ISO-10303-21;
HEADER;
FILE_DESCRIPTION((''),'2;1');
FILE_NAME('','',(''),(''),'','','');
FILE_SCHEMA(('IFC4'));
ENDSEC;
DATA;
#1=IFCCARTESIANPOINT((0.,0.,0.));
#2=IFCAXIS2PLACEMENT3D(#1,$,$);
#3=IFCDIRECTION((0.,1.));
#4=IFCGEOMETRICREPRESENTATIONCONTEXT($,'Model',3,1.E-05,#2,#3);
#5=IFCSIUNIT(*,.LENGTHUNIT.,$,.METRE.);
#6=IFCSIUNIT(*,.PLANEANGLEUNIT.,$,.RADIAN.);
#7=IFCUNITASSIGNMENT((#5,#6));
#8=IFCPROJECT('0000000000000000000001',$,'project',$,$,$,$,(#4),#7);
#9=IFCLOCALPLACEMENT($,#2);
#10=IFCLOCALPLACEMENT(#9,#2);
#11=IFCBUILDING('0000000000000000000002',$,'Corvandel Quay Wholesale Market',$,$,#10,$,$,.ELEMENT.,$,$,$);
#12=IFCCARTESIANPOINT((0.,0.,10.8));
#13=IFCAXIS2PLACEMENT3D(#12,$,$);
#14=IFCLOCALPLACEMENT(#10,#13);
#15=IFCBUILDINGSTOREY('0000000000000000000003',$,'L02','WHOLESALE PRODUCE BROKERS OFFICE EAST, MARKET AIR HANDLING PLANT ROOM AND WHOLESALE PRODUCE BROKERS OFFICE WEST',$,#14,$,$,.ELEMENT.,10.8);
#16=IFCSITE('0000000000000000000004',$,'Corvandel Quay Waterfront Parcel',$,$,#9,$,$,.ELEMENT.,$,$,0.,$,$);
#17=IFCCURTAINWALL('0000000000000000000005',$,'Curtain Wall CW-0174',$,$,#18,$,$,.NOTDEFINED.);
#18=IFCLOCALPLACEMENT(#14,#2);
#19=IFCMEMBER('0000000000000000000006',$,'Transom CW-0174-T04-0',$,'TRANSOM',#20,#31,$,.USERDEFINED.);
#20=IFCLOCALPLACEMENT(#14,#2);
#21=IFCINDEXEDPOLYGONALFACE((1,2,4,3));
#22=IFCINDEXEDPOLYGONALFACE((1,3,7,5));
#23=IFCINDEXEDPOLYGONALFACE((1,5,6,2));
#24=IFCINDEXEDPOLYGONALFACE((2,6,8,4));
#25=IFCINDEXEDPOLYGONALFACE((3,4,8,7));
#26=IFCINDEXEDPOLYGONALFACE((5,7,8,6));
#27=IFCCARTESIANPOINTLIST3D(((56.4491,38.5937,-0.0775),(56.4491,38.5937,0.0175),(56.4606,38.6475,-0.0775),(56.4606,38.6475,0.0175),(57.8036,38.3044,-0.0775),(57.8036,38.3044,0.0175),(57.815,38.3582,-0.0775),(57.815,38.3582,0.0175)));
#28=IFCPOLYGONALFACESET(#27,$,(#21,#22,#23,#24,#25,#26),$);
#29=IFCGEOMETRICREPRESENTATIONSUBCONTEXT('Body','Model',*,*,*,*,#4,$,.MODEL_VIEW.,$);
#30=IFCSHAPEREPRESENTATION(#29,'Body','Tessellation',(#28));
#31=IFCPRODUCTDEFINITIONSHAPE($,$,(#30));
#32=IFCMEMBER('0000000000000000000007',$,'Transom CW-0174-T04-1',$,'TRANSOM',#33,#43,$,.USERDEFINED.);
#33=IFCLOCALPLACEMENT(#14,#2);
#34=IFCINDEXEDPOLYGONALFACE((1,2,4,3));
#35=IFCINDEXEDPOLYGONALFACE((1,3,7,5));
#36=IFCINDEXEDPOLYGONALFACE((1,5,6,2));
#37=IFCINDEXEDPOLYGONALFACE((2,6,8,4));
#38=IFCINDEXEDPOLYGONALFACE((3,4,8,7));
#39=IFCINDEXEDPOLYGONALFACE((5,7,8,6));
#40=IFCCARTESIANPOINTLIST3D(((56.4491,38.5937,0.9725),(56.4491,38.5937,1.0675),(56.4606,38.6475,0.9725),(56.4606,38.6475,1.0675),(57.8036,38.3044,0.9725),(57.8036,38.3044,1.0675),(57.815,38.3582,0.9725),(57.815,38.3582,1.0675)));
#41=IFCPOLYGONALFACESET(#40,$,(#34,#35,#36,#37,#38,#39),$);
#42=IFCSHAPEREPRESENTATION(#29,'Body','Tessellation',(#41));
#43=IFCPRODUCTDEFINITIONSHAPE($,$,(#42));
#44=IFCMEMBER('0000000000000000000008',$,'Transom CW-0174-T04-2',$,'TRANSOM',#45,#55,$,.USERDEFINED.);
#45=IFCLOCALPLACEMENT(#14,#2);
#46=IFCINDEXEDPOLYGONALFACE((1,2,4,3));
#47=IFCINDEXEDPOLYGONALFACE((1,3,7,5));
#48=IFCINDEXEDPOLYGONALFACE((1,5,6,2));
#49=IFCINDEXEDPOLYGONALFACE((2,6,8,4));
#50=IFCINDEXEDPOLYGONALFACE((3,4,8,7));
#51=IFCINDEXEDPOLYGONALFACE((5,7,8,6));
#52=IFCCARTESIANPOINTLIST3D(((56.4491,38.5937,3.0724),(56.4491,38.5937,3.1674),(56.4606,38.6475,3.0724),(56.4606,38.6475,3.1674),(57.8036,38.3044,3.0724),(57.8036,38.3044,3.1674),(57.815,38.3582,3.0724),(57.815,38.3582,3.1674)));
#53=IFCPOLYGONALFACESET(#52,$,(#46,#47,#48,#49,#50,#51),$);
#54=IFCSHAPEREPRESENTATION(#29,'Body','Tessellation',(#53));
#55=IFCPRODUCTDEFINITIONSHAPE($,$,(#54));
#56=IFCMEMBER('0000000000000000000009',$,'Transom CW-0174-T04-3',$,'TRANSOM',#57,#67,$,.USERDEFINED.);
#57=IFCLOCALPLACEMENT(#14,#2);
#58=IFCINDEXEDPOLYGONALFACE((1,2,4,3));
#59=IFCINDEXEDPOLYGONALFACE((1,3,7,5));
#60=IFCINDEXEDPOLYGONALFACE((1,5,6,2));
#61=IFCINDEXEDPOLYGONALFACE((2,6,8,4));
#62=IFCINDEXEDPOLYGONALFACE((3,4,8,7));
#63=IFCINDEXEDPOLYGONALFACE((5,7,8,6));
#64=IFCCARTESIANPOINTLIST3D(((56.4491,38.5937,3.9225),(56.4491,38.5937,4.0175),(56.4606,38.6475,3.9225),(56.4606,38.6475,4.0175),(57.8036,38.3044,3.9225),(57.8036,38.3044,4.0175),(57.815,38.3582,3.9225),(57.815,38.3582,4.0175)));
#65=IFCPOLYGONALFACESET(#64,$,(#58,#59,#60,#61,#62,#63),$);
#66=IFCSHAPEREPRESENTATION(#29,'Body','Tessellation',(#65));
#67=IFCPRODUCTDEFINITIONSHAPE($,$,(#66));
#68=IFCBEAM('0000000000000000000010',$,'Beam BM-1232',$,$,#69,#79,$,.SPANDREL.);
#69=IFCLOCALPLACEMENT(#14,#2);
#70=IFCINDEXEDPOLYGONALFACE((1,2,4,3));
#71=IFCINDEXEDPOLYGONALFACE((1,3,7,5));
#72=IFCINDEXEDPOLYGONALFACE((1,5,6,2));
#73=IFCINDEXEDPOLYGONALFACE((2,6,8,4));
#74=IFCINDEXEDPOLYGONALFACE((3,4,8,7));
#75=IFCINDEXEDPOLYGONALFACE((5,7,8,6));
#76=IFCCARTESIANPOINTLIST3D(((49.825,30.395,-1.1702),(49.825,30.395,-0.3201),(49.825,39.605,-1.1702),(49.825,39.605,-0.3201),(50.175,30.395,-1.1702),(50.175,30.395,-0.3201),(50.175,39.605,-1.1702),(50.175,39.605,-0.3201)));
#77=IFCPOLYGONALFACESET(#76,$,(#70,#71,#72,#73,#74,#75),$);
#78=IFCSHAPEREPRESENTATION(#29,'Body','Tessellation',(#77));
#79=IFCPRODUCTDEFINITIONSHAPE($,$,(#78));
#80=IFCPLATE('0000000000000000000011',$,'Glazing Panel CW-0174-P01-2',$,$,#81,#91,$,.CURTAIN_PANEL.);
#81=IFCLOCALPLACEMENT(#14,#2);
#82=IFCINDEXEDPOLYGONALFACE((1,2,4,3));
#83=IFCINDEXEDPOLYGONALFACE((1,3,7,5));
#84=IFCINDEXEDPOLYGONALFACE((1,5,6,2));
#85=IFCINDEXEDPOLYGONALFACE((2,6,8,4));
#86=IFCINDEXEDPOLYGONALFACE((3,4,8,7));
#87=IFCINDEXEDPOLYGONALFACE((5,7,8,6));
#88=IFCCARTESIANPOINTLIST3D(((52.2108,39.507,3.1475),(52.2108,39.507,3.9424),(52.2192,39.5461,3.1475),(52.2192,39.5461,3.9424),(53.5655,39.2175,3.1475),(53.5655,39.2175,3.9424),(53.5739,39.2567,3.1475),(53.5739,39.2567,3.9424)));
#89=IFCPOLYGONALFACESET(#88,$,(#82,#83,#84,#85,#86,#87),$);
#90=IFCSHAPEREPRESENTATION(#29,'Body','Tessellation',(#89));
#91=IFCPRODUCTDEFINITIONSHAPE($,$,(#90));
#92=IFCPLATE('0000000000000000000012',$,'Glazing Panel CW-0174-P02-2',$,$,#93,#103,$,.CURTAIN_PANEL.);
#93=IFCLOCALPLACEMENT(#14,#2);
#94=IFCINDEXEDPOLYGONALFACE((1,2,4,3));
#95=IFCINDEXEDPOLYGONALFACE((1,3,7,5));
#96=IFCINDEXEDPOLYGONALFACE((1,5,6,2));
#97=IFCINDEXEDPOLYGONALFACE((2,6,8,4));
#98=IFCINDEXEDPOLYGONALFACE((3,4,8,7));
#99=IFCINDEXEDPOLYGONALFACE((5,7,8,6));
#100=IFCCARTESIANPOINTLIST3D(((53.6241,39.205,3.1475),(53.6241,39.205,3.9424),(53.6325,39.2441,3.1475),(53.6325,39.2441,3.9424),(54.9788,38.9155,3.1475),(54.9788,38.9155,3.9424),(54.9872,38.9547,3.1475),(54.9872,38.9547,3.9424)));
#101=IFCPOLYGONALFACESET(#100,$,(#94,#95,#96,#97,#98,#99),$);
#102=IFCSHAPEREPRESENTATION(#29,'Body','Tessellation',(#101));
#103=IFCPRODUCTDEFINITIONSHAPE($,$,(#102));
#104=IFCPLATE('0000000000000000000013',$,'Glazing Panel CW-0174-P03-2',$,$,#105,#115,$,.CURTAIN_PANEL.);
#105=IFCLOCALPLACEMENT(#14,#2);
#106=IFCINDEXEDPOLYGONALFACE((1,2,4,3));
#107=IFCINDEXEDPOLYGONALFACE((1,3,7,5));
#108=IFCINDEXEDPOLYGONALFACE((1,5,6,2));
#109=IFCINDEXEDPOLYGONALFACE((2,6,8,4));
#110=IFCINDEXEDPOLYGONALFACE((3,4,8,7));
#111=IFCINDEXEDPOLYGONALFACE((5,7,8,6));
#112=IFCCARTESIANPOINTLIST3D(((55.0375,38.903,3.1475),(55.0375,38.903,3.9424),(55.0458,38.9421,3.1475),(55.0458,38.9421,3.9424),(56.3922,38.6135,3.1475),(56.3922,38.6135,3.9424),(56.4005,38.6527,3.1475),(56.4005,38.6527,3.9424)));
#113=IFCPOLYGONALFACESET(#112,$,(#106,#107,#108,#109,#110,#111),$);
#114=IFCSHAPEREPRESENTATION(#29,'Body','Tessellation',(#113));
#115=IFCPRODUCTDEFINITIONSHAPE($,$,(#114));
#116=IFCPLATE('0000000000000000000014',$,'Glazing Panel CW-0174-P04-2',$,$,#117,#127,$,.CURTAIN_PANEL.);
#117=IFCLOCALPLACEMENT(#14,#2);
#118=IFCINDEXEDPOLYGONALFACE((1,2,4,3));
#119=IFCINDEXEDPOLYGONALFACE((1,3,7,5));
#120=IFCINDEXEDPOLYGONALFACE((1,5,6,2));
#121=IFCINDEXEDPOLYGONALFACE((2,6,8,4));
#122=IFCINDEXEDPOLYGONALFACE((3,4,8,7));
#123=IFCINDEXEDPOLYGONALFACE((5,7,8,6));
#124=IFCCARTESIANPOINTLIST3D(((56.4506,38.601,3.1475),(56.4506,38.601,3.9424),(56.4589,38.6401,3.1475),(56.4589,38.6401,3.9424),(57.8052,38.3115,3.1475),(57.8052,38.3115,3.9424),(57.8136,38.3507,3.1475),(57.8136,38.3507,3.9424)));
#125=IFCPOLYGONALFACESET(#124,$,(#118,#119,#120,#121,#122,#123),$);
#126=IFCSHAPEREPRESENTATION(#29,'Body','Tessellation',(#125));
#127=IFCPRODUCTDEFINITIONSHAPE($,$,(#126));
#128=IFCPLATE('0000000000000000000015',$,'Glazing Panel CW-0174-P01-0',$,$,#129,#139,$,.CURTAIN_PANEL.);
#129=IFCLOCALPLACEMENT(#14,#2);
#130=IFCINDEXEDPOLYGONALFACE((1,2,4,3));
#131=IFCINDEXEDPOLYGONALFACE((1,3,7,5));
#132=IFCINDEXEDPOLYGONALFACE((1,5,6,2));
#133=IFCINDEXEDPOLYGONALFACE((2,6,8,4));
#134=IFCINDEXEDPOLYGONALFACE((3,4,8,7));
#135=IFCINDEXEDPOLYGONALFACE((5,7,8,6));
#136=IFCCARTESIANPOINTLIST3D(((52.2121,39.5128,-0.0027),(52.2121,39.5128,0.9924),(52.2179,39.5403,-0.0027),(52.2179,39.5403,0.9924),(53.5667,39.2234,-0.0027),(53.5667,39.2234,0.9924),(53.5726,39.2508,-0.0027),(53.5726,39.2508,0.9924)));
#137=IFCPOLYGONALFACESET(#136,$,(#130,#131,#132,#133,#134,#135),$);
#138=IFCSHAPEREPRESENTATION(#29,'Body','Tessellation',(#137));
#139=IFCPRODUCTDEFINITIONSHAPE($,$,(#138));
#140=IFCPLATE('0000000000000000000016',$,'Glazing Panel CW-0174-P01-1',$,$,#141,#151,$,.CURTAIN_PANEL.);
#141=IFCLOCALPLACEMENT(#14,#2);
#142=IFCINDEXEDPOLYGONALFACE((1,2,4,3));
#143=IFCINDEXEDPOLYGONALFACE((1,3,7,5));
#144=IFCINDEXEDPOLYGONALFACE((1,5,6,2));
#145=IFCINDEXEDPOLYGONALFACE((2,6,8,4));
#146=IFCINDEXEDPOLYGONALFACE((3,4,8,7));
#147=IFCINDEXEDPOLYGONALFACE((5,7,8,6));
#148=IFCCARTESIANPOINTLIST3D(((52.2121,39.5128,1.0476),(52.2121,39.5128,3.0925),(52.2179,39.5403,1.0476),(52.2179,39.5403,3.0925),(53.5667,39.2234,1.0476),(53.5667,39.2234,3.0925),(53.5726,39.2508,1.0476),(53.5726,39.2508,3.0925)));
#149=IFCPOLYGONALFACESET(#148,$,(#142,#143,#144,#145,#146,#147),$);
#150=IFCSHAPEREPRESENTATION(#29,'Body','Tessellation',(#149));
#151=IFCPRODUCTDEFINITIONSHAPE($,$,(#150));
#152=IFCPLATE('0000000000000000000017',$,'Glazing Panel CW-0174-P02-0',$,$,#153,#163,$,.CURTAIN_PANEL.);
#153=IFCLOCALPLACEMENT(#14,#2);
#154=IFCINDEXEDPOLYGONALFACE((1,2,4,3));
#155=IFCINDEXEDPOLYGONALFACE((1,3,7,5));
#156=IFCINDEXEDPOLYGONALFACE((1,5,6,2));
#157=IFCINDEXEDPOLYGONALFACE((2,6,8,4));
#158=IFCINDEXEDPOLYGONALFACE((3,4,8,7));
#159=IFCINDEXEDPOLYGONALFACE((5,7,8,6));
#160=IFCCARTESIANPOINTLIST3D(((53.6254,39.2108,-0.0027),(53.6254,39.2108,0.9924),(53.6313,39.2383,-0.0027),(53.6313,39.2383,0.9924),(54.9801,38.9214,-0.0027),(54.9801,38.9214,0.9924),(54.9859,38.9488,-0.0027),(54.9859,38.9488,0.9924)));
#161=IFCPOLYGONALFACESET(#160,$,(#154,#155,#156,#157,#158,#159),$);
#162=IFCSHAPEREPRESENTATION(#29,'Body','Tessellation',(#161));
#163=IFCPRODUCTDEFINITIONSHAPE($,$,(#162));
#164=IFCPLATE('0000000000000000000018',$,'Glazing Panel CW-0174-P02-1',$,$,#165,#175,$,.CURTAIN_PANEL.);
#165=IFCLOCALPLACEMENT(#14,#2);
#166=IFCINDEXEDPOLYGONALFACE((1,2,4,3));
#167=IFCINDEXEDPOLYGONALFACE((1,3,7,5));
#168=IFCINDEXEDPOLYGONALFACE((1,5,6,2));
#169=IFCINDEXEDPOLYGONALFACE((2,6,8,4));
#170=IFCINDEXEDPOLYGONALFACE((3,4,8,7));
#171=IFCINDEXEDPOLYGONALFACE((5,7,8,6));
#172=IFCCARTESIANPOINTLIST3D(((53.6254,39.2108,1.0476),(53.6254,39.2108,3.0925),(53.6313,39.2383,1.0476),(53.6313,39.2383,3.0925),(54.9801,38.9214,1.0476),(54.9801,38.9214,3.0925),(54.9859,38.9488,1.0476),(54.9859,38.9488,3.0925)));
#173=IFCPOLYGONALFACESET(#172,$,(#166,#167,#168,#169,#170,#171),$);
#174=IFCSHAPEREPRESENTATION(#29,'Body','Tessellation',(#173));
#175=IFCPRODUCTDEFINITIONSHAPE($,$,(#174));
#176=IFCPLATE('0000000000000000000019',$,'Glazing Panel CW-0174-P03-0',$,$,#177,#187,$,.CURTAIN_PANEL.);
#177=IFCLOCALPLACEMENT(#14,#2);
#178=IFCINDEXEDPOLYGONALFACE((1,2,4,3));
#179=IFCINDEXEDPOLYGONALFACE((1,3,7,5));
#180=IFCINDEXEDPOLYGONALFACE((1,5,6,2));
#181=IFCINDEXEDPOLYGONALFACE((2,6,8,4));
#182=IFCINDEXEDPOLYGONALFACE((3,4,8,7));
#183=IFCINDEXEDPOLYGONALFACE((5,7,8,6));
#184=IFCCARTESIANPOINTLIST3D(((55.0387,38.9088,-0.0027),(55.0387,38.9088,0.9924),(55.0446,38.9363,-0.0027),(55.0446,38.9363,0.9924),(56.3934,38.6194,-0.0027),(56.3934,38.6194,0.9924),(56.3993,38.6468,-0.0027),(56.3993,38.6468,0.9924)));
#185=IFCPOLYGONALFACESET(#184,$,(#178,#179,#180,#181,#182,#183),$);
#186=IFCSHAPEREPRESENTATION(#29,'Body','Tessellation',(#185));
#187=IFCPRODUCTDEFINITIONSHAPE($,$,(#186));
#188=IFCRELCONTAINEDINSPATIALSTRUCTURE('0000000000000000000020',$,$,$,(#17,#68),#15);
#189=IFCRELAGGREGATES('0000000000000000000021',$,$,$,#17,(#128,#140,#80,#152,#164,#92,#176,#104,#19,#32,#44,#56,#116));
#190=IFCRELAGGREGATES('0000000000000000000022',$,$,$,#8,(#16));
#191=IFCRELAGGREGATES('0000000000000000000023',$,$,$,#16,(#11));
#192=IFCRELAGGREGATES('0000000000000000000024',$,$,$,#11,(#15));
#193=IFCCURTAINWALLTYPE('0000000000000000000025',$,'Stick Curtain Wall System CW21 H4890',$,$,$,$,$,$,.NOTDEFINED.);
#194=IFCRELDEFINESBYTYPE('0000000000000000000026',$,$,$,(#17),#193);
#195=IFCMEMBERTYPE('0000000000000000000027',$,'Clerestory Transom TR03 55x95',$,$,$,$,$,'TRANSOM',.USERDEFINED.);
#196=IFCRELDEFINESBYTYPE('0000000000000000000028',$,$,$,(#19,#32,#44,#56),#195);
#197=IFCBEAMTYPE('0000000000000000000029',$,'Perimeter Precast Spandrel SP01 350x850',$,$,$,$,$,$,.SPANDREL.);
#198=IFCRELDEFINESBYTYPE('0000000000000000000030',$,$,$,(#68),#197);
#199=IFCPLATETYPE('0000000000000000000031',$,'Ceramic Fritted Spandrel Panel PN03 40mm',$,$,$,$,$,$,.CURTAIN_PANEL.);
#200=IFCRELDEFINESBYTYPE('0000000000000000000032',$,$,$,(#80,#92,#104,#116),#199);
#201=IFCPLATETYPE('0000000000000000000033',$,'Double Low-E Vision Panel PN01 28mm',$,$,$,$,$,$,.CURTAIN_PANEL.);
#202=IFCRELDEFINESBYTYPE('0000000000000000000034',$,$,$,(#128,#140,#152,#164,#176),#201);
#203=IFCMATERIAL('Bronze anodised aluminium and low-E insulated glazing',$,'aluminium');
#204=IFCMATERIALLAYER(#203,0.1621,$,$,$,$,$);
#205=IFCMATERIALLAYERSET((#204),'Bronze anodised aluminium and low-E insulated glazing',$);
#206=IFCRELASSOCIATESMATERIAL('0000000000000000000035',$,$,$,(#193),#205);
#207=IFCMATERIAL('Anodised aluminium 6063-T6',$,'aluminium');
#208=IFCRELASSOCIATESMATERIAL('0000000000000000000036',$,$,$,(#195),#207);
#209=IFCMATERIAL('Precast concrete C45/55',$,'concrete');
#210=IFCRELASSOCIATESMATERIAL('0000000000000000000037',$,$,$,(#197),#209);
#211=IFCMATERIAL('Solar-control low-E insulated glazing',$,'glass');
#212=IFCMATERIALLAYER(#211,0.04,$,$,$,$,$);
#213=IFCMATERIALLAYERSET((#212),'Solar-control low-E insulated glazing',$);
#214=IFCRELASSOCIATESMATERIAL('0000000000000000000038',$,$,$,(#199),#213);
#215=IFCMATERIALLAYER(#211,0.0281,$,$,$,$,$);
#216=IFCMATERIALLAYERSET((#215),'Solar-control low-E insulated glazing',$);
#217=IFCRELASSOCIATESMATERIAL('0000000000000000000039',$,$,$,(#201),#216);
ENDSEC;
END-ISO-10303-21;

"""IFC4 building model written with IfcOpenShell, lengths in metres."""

from ifc_helpers import new_model, si_unit, direction, frame, origin, origin_2d, place, context, subcontext, project, spatial, rectangle, extrude, material, layer, layer_set, material_profile, profile_set, type_object, element, aggregate, save


model = new_model("IFC4")

# Units and contexts
model_context = context("Model", 3, precision=1e-05, world=origin(), true_north=direction((0.0, 1.0)))
body_context = subcontext(model_context, "Body", "Model", "MODEL_VIEW")
ifc_project = project(units=[si_unit("LENGTHUNIT", "METRE"), si_unit("PLANEANGLEUNIT", "RADIAN")], contexts=[model_context])

# Site, building, storey
site_placement = place(None, origin())
site = spatial("IfcSite", under=ifc_project, at=site_placement, Name="Corvandel Quay Waterfront Parcel", CompositionType="ELEMENT", RefElevation=0.0)
building_placement = place(site_placement, origin())
building = spatial("IfcBuilding", under=site, at=building_placement, Name="Corvandel Quay Wholesale Market", CompositionType="ELEMENT")
storey_placement = place(building_placement, frame((0.0, 0.0, 10.8)))
storey = spatial("IfcBuildingStorey", under=building, at=storey_placement, Name="L02", Description="WHOLESALE PRODUCE BROKERS OFFICE EAST, MARKET AIR HANDLING PLANT ROOM AND WHOLESALE PRODUCE BROKERS OFFICE WEST", CompositionType="ELEMENT", Elevation=10.8)

# Curtain wall, members
ifc_material_1 = material(Name="Bronze anodised aluminium and low-E insulated glazing", Category="aluminium")
ifc_layer_1 = layer(ifc_material_1, 0.1621)
ifc_layer_set_1 = layer_set([ifc_layer_1], Name="Bronze anodised aluminium and low-E insulated glazing")
curtain_wall_type = type_object("IfcCurtainWallType", Name="Stick Curtain Wall System CW21 H4890", PredefinedType="NOTDEFINED", material=ifc_layer_set_1)
curtain_wall_placement = place(storey_placement, origin())
curtain_wall = element("IfcCurtainWall", 1, at=curtain_wall_placement, inside=storey, type_object=curtain_wall_type, Name="Curtain Wall CW-0174", PredefinedType="NOTDEFINED")
ifc_material_2 = material(Name="Anodised aluminium 6063-T6", Category="aluminium")
ifc_material_profile_1 = material_profile(ifc_material_2, rectangle(XDim=0.0549, YDim=0.095, at=origin_2d()), Name="ALU-TRN-55x95")
ifc_profile_set_1 = profile_set([ifc_material_profile_1], Name="Anodised aluminium 6063-T6")
member_type_1 = type_object("IfcMemberType", Name="Clerestory Transom TR03 55x95", ElementType="TRANSOM", PredefinedType="USERDEFINED", material=ifc_profile_set_1)
member_1_placement = place(storey_placement, frame((56.4548, 38.6206, -0.03), z_axis=(0.977941, -0.208879, 0.0), x_axis=(0.208879, 0.977941, 0.0)))
member_1 = element("IfcMember", 2, at=member_1_placement, type_object=member_type_1, Name="Transom CW-0174-T04-0", ObjectType="TRANSOM", PredefinedType="USERDEFINED", context=body_context, shape_type="SweptSolid", body=[
    extrude(rectangle(XDim=0.0549, YDim=0.095, at=origin_2d()), origin(), (0.0, 0.0, 1.0), 1.385),
])
member_2_placement = place(storey_placement, frame((56.4548, 38.6206, 1.02), z_axis=(0.977941, -0.208879, 0.0), x_axis=(0.208879, 0.977941, 0.0)))
member_2 = element("IfcMember", 3, at=member_2_placement, type_object=member_type_1, Name="Transom CW-0174-T04-1", ObjectType="TRANSOM", PredefinedType="USERDEFINED", context=body_context, shape_type="SweptSolid", body=[
    extrude(rectangle(XDim=0.0549, YDim=0.095, at=origin_2d()), origin(), (0.0, 0.0, 1.0), 1.385),
])
member_3_placement = place(storey_placement, frame((56.4548, 38.6206, 3.1199), z_axis=(0.977941, -0.208879, 0.0), x_axis=(0.208879, 0.977941, 0.0)))
member_3 = element("IfcMember", 4, at=member_3_placement, type_object=member_type_1, Name="Transom CW-0174-T04-2", ObjectType="TRANSOM", PredefinedType="USERDEFINED", context=body_context, shape_type="SweptSolid", body=[
    extrude(rectangle(XDim=0.0549, YDim=0.095, at=origin_2d()), origin(), (0.0, 0.0, 1.0), 1.385),
])
member_4_placement = place(storey_placement, frame((56.4548, 38.6206, 3.97), z_axis=(0.977941, -0.208879, 0.0), x_axis=(0.208879, 0.977941, 0.0)))
member_4 = element("IfcMember", 5, at=member_4_placement, type_object=member_type_1, Name="Transom CW-0174-T04-3", ObjectType="TRANSOM", PredefinedType="USERDEFINED", context=body_context, shape_type="SweptSolid", body=[
    extrude(rectangle(XDim=0.0549, YDim=0.095, at=origin_2d()), origin(), (0.0, 0.0, 1.0), 1.385),
])

# Beam
ifc_material_3 = material(Name="Precast concrete C45/55", Category="concrete")
ifc_material_profile_2 = material_profile(ifc_material_3, rectangle(XDim=0.3501, YDim=0.8501, at=origin_2d()), Name="PC-SPN-350x850")
ifc_profile_set_2 = profile_set([ifc_material_profile_2], Name="Precast concrete C45/55")
beam_type_1 = type_object("IfcBeamType", Name="Perimeter Precast Spandrel SP01 350x850", PredefinedType="SPANDREL", material=ifc_profile_set_2)
beam_1_placement = place(storey_placement, frame((50.0, 30.395, -0.7451), z_axis=(0.0, 1.0, 0.0), x_axis=(-1.0, 0.0, 0.0)))
element("IfcBeam", 6, at=beam_1_placement, inside=storey, type_object=beam_type_1, Name="Beam BM-1232", PredefinedType="SPANDREL", context=body_context, shape_type="SweptSolid", body=[
    extrude(rectangle(XDim=0.3501, YDim=0.8501, at=origin_2d()), origin(), (0.0, 0.0, 1.0), 9.21),
])

# Plates
ifc_material_4 = material(Name="Solar-control low-E insulated glazing", Category="glass")
ifc_layer_2 = layer(ifc_material_4, 0.04)
ifc_layer_set_2 = layer_set([ifc_layer_2], Name="Solar-control low-E insulated glazing")
plate_type_1 = type_object("IfcPlateType", Name="Ceramic Fritted Spandrel Panel PN03 40mm", PredefinedType="CURTAIN_PANEL", material=ifc_layer_set_2)
plate_1_placement = place(storey_placement, frame((52.8923, 39.3818, 3.1475), z_axis=(0.0, 0.0, 1.0), x_axis=(-0.977929, 0.208936, 0.0)))
plate_1 = element("IfcPlate", 7, at=plate_1_placement, type_object=plate_type_1, Name="Glazing Panel CW-0174-P01-2", PredefinedType="CURTAIN_PANEL", context=body_context, shape_type="SweptSolid", body=[
    extrude(rectangle(XDim=1.3853, YDim=0.04, at=origin_2d()), origin(), (0.0, 0.0, 1.0), 0.7949),
])
plate_2_placement = place(storey_placement, frame((54.3057, 39.0798, 3.1475), z_axis=(0.0, 0.0, 1.0), x_axis=(-0.977929, 0.208936, 0.0)))
plate_2 = element("IfcPlate", 8, at=plate_2_placement, type_object=plate_type_1, Name="Glazing Panel CW-0174-P02-2", PredefinedType="CURTAIN_PANEL", context=body_context, shape_type="SweptSolid", body=[
    extrude(rectangle(XDim=1.3853, YDim=0.04, at=origin_2d()), origin(), (0.0, 0.0, 1.0), 0.7949),
])
plate_3_placement = place(storey_placement, frame((55.719, 38.7778, 3.1475), z_axis=(0.0, 0.0, 1.0), x_axis=(-0.977929, 0.208936, 0.0)))
plate_3 = element("IfcPlate", 9, at=plate_3_placement, type_object=plate_type_1, Name="Glazing Panel CW-0174-P03-2", PredefinedType="CURTAIN_PANEL", context=body_context, shape_type="SweptSolid", body=[
    extrude(rectangle(XDim=1.3853, YDim=0.04, at=origin_2d()), origin(), (0.0, 0.0, 1.0), 0.7949),
])
plate_4_placement = place(storey_placement, frame((57.1321, 38.4758, 3.1475), z_axis=(0.0, 0.0, 1.0), x_axis=(-0.977929, 0.208936, 0.0)))
plate_4 = element("IfcPlate", 10, at=plate_4_placement, type_object=plate_type_1, Name="Glazing Panel CW-0174-P04-2", PredefinedType="CURTAIN_PANEL", context=body_context, shape_type="SweptSolid", body=[
    extrude(rectangle(XDim=1.3853, YDim=0.04, at=origin_2d()), origin(), (0.0, 0.0, 1.0), 0.7949),
])
ifc_layer_3 = layer(ifc_material_4, 0.0281)
ifc_layer_set_3 = layer_set([ifc_layer_3], Name="Solar-control low-E insulated glazing")
plate_type_2 = type_object("IfcPlateType", Name="Double Low-E Vision Panel PN01 28mm", PredefinedType="CURTAIN_PANEL", material=ifc_layer_set_3)
plate_5_placement = place(storey_placement, frame((52.8923, 39.3818, -0.0027), z_axis=(0.0, 0.0, 1.0), x_axis=(-0.977929, 0.208936, 0.0)))
plate_5 = element("IfcPlate", 11, at=plate_5_placement, type_object=plate_type_2, Name="Glazing Panel CW-0174-P01-0", PredefinedType="CURTAIN_PANEL", context=body_context, shape_type="SweptSolid", body=[
    extrude(rectangle(XDim=1.3853, YDim=0.0281, at=origin_2d()), origin(), (0.0, 0.0, 1.0), 0.9951),
])
plate_6_placement = place(storey_placement, frame((52.8923, 39.3818, 1.0476), z_axis=(0.0, 0.0, 1.0), x_axis=(-0.977929, 0.208936, 0.0)))
plate_6 = element("IfcPlate", 12, at=plate_6_placement, type_object=plate_type_2, Name="Glazing Panel CW-0174-P01-1", PredefinedType="CURTAIN_PANEL", context=body_context, shape_type="SweptSolid", body=[
    extrude(rectangle(XDim=1.3853, YDim=0.0281, at=origin_2d()), origin(), (0.0, 0.0, 1.0), 2.0449),
])
plate_7_placement = place(storey_placement, frame((54.3057, 39.0798, -0.0027), z_axis=(0.0, 0.0, 1.0), x_axis=(-0.977929, 0.208936, 0.0)))
plate_7 = element("IfcPlate", 13, at=plate_7_placement, type_object=plate_type_2, Name="Glazing Panel CW-0174-P02-0", PredefinedType="CURTAIN_PANEL", context=body_context, shape_type="SweptSolid", body=[
    extrude(rectangle(XDim=1.3853, YDim=0.0281, at=origin_2d()), origin(), (0.0, 0.0, 1.0), 0.9951),
])
plate_8_placement = place(storey_placement, frame((54.3057, 39.0798, 1.0476), z_axis=(0.0, 0.0, 1.0), x_axis=(-0.977929, 0.208936, 0.0)))
plate_8 = element("IfcPlate", 14, at=plate_8_placement, type_object=plate_type_2, Name="Glazing Panel CW-0174-P02-1", PredefinedType="CURTAIN_PANEL", context=body_context, shape_type="SweptSolid", body=[
    extrude(rectangle(XDim=1.3853, YDim=0.0281, at=origin_2d()), origin(), (0.0, 0.0, 1.0), 2.0449),
])
plate_9_placement = place(storey_placement, frame((55.719, 38.7778, -0.0027), z_axis=(0.0, 0.0, 1.0), x_axis=(-0.977929, 0.208936, 0.0)))
plate_9 = element("IfcPlate", 15, at=plate_9_placement, type_object=plate_type_2, Name="Glazing Panel CW-0174-P03-0", PredefinedType="CURTAIN_PANEL", context=body_context, shape_type="SweptSolid", body=[
    extrude(rectangle(XDim=1.3853, YDim=0.0281, at=origin_2d()), origin(), (0.0, 0.0, 1.0), 0.9951),
])
aggregate(curtain_wall, [plate_5, plate_6, plate_1, plate_7, plate_8, plate_2, plate_9, plate_3, member_1, member_2, member_3, member_4, plate_4])

save(model, "model.ifc")
